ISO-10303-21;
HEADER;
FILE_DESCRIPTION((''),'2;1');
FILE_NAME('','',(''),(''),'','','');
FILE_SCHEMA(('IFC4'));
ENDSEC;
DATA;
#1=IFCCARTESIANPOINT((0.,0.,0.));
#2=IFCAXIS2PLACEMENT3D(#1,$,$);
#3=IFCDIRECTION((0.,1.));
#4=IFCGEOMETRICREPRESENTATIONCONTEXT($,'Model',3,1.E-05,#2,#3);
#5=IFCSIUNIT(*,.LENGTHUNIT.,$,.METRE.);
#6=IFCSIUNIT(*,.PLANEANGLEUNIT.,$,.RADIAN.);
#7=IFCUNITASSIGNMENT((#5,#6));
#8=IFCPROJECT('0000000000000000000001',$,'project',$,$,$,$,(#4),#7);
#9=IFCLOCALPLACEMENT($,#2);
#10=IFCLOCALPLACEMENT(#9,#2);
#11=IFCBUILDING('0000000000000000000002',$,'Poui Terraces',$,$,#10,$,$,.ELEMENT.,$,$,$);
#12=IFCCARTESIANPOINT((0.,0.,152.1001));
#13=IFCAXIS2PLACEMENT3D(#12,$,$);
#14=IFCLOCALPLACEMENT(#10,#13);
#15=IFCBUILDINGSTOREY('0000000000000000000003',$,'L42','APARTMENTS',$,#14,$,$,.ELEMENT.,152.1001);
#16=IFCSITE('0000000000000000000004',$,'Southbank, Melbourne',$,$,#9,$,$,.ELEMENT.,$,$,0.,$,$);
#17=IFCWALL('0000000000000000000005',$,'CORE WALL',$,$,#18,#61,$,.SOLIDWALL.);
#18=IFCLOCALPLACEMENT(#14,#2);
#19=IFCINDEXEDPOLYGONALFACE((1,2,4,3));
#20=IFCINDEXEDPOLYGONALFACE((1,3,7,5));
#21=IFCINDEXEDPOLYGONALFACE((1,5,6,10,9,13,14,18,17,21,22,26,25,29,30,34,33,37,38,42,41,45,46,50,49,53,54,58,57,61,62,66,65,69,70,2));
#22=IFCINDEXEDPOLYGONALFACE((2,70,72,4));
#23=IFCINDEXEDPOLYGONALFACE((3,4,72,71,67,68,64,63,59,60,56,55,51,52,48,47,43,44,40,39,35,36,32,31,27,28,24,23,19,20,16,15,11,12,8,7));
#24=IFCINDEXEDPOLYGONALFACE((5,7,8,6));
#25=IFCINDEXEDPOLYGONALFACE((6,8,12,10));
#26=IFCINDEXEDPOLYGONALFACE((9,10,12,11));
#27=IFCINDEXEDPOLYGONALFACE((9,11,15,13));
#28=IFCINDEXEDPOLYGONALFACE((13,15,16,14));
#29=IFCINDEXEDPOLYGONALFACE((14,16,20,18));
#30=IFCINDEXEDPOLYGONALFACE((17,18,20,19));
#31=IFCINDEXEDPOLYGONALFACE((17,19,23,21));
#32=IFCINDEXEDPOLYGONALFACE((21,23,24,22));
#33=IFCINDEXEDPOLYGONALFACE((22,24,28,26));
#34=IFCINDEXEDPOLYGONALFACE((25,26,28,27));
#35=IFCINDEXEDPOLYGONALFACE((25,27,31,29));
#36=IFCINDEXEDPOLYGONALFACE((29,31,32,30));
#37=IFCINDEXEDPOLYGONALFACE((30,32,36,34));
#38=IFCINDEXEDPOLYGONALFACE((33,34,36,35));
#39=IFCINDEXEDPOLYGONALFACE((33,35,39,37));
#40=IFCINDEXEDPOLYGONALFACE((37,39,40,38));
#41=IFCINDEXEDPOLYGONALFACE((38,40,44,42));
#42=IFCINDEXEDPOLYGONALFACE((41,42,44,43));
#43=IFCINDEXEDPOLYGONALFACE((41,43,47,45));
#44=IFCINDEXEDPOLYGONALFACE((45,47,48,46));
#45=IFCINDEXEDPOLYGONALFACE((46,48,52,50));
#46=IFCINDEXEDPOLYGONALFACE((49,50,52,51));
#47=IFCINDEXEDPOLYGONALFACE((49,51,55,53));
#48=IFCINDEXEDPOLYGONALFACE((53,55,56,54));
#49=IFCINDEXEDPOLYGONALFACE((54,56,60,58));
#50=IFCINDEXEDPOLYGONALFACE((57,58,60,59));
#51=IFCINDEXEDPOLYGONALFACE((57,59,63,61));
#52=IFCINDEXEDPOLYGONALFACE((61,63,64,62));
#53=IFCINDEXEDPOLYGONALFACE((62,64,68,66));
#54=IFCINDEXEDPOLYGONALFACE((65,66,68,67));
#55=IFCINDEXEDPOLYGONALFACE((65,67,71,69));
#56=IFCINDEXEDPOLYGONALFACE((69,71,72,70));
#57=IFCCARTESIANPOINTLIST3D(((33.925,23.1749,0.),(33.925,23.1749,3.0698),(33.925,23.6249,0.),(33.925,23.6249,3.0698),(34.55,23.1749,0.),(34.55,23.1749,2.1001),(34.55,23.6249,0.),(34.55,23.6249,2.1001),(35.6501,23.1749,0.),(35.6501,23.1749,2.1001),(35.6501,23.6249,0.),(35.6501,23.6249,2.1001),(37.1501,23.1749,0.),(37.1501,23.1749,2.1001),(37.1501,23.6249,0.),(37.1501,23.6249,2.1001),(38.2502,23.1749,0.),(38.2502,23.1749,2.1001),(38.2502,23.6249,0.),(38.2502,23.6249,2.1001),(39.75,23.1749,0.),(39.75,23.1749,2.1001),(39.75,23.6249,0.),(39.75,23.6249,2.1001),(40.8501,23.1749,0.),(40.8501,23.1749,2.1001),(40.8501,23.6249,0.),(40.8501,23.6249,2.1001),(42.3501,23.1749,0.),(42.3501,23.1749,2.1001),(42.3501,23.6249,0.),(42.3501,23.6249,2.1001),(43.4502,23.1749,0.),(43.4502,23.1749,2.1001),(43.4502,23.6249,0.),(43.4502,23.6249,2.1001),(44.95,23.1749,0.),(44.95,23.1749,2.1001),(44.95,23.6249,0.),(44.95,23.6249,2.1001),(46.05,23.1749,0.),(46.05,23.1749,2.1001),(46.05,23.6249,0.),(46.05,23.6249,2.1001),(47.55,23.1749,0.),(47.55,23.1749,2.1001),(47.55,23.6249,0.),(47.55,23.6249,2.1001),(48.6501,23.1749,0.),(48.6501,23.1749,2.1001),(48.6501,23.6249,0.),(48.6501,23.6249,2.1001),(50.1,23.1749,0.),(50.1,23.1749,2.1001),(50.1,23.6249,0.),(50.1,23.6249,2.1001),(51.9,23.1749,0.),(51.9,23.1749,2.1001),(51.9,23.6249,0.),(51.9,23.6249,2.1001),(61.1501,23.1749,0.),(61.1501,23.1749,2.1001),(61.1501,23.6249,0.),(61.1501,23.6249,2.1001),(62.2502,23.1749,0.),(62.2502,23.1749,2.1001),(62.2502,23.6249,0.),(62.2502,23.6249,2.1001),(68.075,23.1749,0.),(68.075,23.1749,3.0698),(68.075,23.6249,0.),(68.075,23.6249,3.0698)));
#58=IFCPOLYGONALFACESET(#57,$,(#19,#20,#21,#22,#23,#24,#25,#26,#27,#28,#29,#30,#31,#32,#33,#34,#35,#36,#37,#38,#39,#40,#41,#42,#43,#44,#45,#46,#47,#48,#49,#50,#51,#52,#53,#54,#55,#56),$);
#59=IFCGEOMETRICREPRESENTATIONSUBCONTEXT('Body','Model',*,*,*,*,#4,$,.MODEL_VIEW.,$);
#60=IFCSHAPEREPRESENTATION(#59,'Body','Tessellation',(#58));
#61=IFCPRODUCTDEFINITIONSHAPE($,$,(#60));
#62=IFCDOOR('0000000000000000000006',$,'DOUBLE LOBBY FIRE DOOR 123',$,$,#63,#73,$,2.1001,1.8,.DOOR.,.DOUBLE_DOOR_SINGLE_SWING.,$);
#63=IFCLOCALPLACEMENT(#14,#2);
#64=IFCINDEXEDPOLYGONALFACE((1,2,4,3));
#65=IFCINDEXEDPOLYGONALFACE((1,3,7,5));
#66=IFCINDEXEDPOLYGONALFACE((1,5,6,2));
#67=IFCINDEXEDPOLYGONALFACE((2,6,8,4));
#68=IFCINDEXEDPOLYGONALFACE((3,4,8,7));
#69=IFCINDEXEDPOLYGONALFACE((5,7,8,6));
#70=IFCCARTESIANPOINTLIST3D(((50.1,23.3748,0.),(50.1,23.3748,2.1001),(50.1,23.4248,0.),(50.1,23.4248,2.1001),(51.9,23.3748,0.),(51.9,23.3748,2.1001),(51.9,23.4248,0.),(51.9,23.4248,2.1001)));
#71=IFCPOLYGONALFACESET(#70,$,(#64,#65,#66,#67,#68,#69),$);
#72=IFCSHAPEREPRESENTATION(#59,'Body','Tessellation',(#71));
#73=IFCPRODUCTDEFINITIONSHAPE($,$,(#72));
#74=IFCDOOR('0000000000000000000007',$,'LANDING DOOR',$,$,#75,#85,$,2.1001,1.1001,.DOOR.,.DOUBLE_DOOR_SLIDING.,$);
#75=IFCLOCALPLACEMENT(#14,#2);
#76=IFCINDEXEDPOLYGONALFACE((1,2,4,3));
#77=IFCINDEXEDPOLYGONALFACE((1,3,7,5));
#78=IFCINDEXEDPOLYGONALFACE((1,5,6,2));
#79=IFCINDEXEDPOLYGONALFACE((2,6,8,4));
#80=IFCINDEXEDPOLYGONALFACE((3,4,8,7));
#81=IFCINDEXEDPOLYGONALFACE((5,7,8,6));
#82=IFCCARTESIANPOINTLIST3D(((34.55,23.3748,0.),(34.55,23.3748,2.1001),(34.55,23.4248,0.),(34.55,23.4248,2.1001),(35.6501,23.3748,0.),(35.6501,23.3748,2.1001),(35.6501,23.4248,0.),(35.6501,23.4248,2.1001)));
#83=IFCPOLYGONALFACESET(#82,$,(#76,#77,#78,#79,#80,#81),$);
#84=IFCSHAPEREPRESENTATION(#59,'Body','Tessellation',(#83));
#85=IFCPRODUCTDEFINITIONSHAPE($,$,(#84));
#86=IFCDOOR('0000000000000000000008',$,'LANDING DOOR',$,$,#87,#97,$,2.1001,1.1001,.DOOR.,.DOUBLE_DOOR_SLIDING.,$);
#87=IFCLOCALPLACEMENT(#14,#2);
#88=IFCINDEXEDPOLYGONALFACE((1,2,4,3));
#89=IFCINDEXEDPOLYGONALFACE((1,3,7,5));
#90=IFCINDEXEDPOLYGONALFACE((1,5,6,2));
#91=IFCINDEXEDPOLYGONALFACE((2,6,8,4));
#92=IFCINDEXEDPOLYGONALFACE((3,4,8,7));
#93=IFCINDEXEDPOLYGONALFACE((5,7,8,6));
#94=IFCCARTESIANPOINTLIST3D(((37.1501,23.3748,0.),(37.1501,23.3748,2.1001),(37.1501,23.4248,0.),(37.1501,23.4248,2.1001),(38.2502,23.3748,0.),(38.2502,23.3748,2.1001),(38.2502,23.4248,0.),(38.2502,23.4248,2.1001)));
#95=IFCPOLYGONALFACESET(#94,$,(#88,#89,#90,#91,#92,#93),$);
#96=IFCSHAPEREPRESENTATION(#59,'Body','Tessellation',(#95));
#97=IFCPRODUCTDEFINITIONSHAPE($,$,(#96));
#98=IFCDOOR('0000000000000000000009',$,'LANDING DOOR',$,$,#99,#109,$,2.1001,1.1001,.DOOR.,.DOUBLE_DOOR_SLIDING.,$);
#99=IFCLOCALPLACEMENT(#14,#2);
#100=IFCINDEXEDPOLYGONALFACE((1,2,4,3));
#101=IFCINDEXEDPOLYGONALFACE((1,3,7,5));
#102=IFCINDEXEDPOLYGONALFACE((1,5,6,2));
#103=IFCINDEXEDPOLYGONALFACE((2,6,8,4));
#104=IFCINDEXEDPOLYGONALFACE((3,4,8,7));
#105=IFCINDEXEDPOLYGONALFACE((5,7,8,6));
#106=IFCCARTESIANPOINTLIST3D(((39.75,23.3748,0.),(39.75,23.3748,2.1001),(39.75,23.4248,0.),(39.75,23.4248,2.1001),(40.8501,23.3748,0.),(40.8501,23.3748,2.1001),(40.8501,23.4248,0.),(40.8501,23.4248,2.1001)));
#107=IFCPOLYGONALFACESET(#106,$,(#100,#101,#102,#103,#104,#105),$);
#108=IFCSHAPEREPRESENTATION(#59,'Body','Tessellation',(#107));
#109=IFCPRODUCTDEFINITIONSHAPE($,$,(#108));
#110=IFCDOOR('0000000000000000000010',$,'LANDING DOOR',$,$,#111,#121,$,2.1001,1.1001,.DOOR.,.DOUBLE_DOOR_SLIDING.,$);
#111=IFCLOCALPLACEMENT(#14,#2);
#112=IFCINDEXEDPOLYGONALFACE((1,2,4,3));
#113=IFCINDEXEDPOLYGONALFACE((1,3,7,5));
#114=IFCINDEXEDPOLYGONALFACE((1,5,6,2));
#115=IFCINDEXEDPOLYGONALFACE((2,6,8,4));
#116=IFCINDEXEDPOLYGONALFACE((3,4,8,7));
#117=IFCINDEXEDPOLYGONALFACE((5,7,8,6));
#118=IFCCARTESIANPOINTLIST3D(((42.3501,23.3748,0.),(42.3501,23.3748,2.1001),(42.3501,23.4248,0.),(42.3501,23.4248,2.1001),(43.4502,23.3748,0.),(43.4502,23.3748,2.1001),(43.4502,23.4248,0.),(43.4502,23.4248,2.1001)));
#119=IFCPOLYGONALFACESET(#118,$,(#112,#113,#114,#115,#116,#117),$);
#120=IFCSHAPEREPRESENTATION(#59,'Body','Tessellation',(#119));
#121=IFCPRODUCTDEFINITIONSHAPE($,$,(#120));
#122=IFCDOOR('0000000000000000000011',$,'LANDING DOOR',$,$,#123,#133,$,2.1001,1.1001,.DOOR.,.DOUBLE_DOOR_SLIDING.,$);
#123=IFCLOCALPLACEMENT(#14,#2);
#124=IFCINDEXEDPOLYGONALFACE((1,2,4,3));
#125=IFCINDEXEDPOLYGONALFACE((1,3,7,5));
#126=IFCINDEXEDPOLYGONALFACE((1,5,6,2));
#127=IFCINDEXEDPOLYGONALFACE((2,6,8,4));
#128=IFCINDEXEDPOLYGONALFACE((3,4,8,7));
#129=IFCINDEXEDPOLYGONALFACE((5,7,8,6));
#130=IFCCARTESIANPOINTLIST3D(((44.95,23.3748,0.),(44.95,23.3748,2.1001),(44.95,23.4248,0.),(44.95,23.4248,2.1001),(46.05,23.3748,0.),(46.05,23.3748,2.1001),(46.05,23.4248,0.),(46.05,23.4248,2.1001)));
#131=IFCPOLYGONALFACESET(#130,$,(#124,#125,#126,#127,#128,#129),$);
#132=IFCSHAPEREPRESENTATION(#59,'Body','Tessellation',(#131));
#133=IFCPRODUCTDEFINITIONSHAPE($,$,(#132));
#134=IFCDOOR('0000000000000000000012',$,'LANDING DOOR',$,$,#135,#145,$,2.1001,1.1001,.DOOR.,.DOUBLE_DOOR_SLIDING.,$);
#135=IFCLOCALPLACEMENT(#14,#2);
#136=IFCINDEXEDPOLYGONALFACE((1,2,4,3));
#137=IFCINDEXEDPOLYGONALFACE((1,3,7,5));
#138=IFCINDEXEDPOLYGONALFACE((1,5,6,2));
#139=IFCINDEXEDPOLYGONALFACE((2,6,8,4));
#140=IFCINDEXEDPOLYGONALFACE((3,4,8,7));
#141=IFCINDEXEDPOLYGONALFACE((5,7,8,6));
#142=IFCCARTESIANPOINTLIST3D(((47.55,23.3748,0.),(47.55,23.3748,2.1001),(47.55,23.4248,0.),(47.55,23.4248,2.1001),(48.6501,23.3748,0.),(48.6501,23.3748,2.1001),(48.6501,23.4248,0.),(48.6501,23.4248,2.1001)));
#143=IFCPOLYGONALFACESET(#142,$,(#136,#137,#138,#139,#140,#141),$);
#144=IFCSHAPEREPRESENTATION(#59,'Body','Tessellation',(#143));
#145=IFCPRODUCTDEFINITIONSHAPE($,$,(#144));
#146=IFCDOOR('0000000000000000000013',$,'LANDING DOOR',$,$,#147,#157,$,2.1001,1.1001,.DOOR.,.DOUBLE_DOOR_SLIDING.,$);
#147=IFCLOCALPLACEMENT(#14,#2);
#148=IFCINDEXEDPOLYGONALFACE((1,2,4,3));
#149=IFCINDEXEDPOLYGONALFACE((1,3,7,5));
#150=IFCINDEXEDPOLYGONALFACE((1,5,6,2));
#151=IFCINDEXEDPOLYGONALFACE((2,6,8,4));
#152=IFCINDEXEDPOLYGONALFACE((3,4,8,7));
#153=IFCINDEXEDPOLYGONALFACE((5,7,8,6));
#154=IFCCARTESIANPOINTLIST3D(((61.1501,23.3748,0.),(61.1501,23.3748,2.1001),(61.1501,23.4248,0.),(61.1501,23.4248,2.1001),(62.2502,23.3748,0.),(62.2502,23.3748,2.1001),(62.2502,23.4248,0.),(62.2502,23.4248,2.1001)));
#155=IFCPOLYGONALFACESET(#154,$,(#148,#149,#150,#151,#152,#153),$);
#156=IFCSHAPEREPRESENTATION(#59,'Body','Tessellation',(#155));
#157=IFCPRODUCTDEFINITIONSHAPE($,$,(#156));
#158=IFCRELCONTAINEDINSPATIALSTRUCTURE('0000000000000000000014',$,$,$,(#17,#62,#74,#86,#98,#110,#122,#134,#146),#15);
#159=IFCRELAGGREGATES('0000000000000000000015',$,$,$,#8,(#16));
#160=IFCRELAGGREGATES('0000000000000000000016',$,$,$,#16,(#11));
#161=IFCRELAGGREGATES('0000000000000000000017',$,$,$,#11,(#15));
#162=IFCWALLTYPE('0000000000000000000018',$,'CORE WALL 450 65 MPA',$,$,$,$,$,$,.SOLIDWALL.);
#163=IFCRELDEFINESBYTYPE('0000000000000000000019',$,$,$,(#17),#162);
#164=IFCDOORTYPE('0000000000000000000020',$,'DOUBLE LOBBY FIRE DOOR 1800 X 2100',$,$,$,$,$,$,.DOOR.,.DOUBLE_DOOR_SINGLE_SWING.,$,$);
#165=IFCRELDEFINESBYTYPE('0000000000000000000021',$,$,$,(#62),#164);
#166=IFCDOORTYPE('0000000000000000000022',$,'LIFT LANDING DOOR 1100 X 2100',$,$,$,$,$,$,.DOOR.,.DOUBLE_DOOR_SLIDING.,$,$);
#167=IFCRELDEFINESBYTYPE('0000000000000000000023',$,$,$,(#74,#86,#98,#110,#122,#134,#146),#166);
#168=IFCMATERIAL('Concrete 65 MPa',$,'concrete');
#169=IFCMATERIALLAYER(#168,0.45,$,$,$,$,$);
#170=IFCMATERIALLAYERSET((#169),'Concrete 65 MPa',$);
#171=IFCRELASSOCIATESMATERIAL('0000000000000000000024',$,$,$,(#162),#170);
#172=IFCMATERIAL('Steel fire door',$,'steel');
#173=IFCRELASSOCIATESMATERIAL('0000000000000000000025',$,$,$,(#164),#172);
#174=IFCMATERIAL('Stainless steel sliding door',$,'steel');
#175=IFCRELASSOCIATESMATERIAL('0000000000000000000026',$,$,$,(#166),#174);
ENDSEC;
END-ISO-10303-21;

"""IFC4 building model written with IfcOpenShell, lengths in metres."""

from ifc_helpers import new_model, si_unit, direction, frame, frame_2d, origin, place, context, subcontext, project, spatial, rectangle, extrude, material, layer, layer_set, type_object, element, fill, save


model = new_model("IFC4")

# Units and contexts
model_context = context("Model", 3, precision=1e-05, world=origin(), true_north=direction((0.0, 1.0)))
body_context = subcontext(model_context, "Body", "Model", "MODEL_VIEW")
ifc_project = project(units=[si_unit("LENGTHUNIT", "METRE"), si_unit("PLANEANGLEUNIT", "RADIAN")], contexts=[model_context])

# Site, building, storey
site_placement = place(None, origin())
site = spatial("IfcSite", under=ifc_project, at=site_placement, Name="Southbank, Melbourne", CompositionType="ELEMENT", RefElevation=0.0)
building_placement = place(site_placement, origin())
building = spatial("IfcBuilding", under=site, at=building_placement, Name="Poui Terraces", CompositionType="ELEMENT")
storey_placement = place(building_placement, frame((0.0, 0.0, 152.1001)))
storey = spatial("IfcBuildingStorey", under=building, at=storey_placement, Name="L42", Description="APARTMENTS", CompositionType="ELEMENT", Elevation=152.1001)

# Shared definitions
ifc_material_1 = material(Name="Concrete 65 MPa", Category="concrete")

# Wall, openings, doors
ifc_layer_1 = layer(ifc_material_1, 0.45)
ifc_layer_set_1 = layer_set([ifc_layer_1], Name="Concrete 65 MPa")
wall_type_1 = type_object("IfcWallType", Name="CORE WALL 450 65 MPA", PredefinedType="SOLIDWALL", material=ifc_layer_set_1)
wall_1_placement = place(storey_placement, frame((33.925, 23.3999, 0.0), z_axis=(0.0, 0.0, 1.0), x_axis=(1.0, 0.0, 0.0)))
wall_1 = element("IfcWall", 1, at=wall_1_placement, inside=storey, type_object=wall_type_1, Name="CORE WALL", PredefinedType="SOLIDWALL", context=body_context, shape_type="SweptSolid", body=[
    extrude(rectangle(XDim=34.1499, YDim=0.45, at=frame_2d((17.075, 0.0))), origin(), (0.0, 0.0, 1.0), 3.0698),
])
opening_1_placement = place(wall_1_placement, frame((16.175, 0.0, 0.0)))
opening_1 = element("IfcOpeningElement", 2, at=opening_1_placement, cuts=wall_1, PredefinedType="OPENING", context=body_context, shape_type="SweptSolid", body=[
    extrude(rectangle(XDim=1.8, YDim=2.1001, at=frame_2d((0.8999, 1.05))), frame((0.0, 0.2349, 0.0), z_axis=(0.0, -1.0, 0.0), x_axis=(1.0, 0.0, 0.0)), (0.0, 0.0, 1.0), 0.47),
])
opening_2_placement = place(wall_1_placement, frame((0.625, 0.0, 0.0)))
opening_2 = element("IfcOpeningElement", 3, at=opening_2_placement, cuts=wall_1, PredefinedType="OPENING", context=body_context, shape_type="SweptSolid", body=[
    extrude(rectangle(XDim=1.1001, YDim=2.1001, at=frame_2d((0.55, 1.05))), frame((0.0, 0.2349, 0.0), z_axis=(0.0, -1.0, 0.0), x_axis=(1.0, 0.0, 0.0)), (0.0, 0.0, 1.0), 0.47),
])
opening_3_placement = place(wall_1_placement, frame((3.2251, 0.0, 0.0)))
opening_3 = element("IfcOpeningElement", 4, at=opening_3_placement, cuts=wall_1, PredefinedType="OPENING", context=body_context, shape_type="SweptSolid", body=[
    extrude(rectangle(XDim=1.1001, YDim=2.1001, at=frame_2d((0.55, 1.05))), frame((0.0, 0.2349, 0.0), z_axis=(0.0, -1.0, 0.0), x_axis=(1.0, 0.0, 0.0)), (0.0, 0.0, 1.0), 0.47),
])
opening_4_placement = place(wall_1_placement, frame((5.825, 0.0, 0.0)))
opening_4 = element("IfcOpeningElement", 5, at=opening_4_placement, cuts=wall_1, PredefinedType="OPENING", context=body_context, shape_type="SweptSolid", body=[
    extrude(rectangle(XDim=1.1001, YDim=2.1001, at=frame_2d((0.55, 1.05))), frame((0.0, 0.2349, 0.0), z_axis=(0.0, -1.0, 0.0), x_axis=(1.0, 0.0, 0.0)), (0.0, 0.0, 1.0), 0.47),
])
opening_5_placement = place(wall_1_placement, frame((8.425, 0.0, 0.0)))
opening_5 = element("IfcOpeningElement", 6, at=opening_5_placement, cuts=wall_1, PredefinedType="OPENING", context=body_context, shape_type="SweptSolid", body=[
    extrude(rectangle(XDim=1.1001, YDim=2.1001, at=frame_2d((0.55, 1.05))), frame((0.0, 0.2349, 0.0), z_axis=(0.0, -1.0, 0.0), x_axis=(1.0, 0.0, 0.0)), (0.0, 0.0, 1.0), 0.47),
])
opening_6_placement = place(wall_1_placement, frame((11.0249, 0.0, 0.0)))
opening_6 = element("IfcOpeningElement", 7, at=opening_6_placement, cuts=wall_1, PredefinedType="OPENING", context=body_context, shape_type="SweptSolid", body=[
    extrude(rectangle(XDim=1.1001, YDim=2.1001, at=frame_2d((0.55, 1.05))), frame((0.0, 0.2349, 0.0), z_axis=(0.0, -1.0, 0.0), x_axis=(1.0, 0.0, 0.0)), (0.0, 0.0, 1.0), 0.47),
])
opening_7_placement = place(wall_1_placement, frame((13.625, 0.0, 0.0)))
opening_7 = element("IfcOpeningElement", 8, at=opening_7_placement, cuts=wall_1, PredefinedType="OPENING", context=body_context, shape_type="SweptSolid", body=[
    extrude(rectangle(XDim=1.1001, YDim=2.1001, at=frame_2d((0.55, 1.05))), frame((0.0, 0.2349, 0.0), z_axis=(0.0, -1.0, 0.0), x_axis=(1.0, 0.0, 0.0)), (0.0, 0.0, 1.0), 0.47),
])
opening_8_placement = place(wall_1_placement, frame((27.2251, 0.0, 0.0)))
opening_8 = element("IfcOpeningElement", 9, at=opening_8_placement, cuts=wall_1, PredefinedType="OPENING", context=body_context, shape_type="SweptSolid", body=[
    extrude(rectangle(XDim=1.1001, YDim=2.1001, at=frame_2d((0.55, 1.05))), frame((0.0, 0.2349, 0.0), z_axis=(0.0, -1.0, 0.0), x_axis=(1.0, 0.0, 0.0)), (0.0, 0.0, 1.0), 0.47),
])
ifc_material_2 = material(Name="Steel fire door", Category="steel")
door_type_1 = type_object("IfcDoorType", Name="DOUBLE LOBBY FIRE DOOR 1800 X 2100", OperationType="DOUBLE_DOOR_SINGLE_SWING", PredefinedType="DOOR", material=ifc_material_2)
door_1_placement = place(opening_1_placement, origin())
door_1 = element("IfcDoor", 10, at=door_1_placement, inside=storey, type_object=door_type_1, Name="DOUBLE LOBBY FIRE DOOR 123", OperationType="DOUBLE_DOOR_SINGLE_SWING", OverallHeight=2.1001, OverallWidth=1.8, PredefinedType="DOOR", context=body_context, shape_type="SweptSolid", body=[
    extrude(rectangle(XDim=1.8, YDim=2.1001, at=frame_2d((0.8999, 1.05))), frame((0.0, 0.0249, 0.0), z_axis=(0.0, -1.0, 0.0), x_axis=(1.0, 0.0, 0.0)), (0.0, 0.0, 1.0), 0.05),
])
fill(opening_1, door_1)
ifc_material_3 = material(Name="Stainless steel sliding door", Category="steel")
door_type_2 = type_object("IfcDoorType", Name="LIFT LANDING DOOR 1100 X 2100", OperationType="DOUBLE_DOOR_SLIDING", PredefinedType="DOOR", material=ifc_material_3)
door_2_placement = place(opening_2_placement, origin())
door_2 = element("IfcDoor", 11, at=door_2_placement, inside=storey, type_object=door_type_2, Name="LANDING DOOR", OperationType="DOUBLE_DOOR_SLIDING", OverallHeight=2.1001, OverallWidth=1.1001, PredefinedType="DOOR", context=body_context, shape_type="SweptSolid", body=[
    extrude(rectangle(XDim=1.1001, YDim=2.1001, at=frame_2d((0.55, 1.05))), frame((0.0, 0.0249, 0.0), z_axis=(0.0, -1.0, 0.0), x_axis=(1.0, 0.0, 0.0)), (0.0, 0.0, 1.0), 0.05),
])
fill(opening_2, door_2)
door_3_placement = place(opening_3_placement, origin())
door_3 = element("IfcDoor", 12, at=door_3_placement, inside=storey, type_object=door_type_2, Name="LANDING DOOR", OperationType="DOUBLE_DOOR_SLIDING", OverallHeight=2.1001, OverallWidth=1.1001, PredefinedType="DOOR", context=body_context, shape_type="SweptSolid", body=[
    extrude(rectangle(XDim=1.1001, YDim=2.1001, at=frame_2d((0.55, 1.05))), frame((0.0, 0.0249, 0.0), z_axis=(0.0, -1.0, 0.0), x_axis=(1.0, 0.0, 0.0)), (0.0, 0.0, 1.0), 0.05),
])
fill(opening_3, door_3)
door_4_placement = place(opening_4_placement, origin())
door_4 = element("IfcDoor", 13, at=door_4_placement, inside=storey, type_object=door_type_2, Name="LANDING DOOR", OperationType="DOUBLE_DOOR_SLIDING", OverallHeight=2.1001, OverallWidth=1.1001, PredefinedType="DOOR", context=body_context, shape_type="SweptSolid", body=[
    extrude(rectangle(XDim=1.1001, YDim=2.1001, at=frame_2d((0.55, 1.05))), frame((0.0, 0.0249, 0.0), z_axis=(0.0, -1.0, 0.0), x_axis=(1.0, 0.0, 0.0)), (0.0, 0.0, 1.0), 0.05),
])
fill(opening_4, door_4)
door_5_placement = place(opening_5_placement, origin())
door_5 = element("IfcDoor", 14, at=door_5_placement, inside=storey, type_object=door_type_2, Name="LANDING DOOR", OperationType="DOUBLE_DOOR_SLIDING", OverallHeight=2.1001, OverallWidth=1.1001, PredefinedType="DOOR", context=body_context, shape_type="SweptSolid", body=[
    extrude(rectangle(XDim=1.1001, YDim=2.1001, at=frame_2d((0.55, 1.05))), frame((0.0, 0.0249, 0.0), z_axis=(0.0, -1.0, 0.0), x_axis=(1.0, 0.0, 0.0)), (0.0, 0.0, 1.0), 0.05),
])
fill(opening_5, door_5)
door_6_placement = place(opening_6_placement, origin())
door_6 = element("IfcDoor", 15, at=door_6_placement, inside=storey, type_object=door_type_2, Name="LANDING DOOR", OperationType="DOUBLE_DOOR_SLIDING", OverallHeight=2.1001, OverallWidth=1.1001, PredefinedType="DOOR", context=body_context, shape_type="SweptSolid", body=[
    extrude(rectangle(XDim=1.1001, YDim=2.1001, at=frame_2d((0.55, 1.05))), frame((0.0, 0.0249, 0.0), z_axis=(0.0, -1.0, 0.0), x_axis=(1.0, 0.0, 0.0)), (0.0, 0.0, 1.0), 0.05),
])
fill(opening_6, door_6)
door_7_placement = place(opening_7_placement, origin())
door_7 = element("IfcDoor", 16, at=door_7_placement, inside=storey, type_object=door_type_2, Name="LANDING DOOR", OperationType="DOUBLE_DOOR_SLIDING", OverallHeight=2.1001, OverallWidth=1.1001, PredefinedType="DOOR", context=body_context, shape_type="SweptSolid", body=[
    extrude(rectangle(XDim=1.1001, YDim=2.1001, at=frame_2d((0.55, 1.05))), frame((0.0, 0.0249, 0.0), z_axis=(0.0, -1.0, 0.0), x_axis=(1.0, 0.0, 0.0)), (0.0, 0.0, 1.0), 0.05),
])
fill(opening_7, door_7)
door_8_placement = place(opening_8_placement, origin())
door_8 = element("IfcDoor", 17, at=door_8_placement, inside=storey, type_object=door_type_2, Name="LANDING DOOR", OperationType="DOUBLE_DOOR_SLIDING", OverallHeight=2.1001, OverallWidth=1.1001, PredefinedType="DOOR", context=body_context, shape_type="SweptSolid", body=[
    extrude(rectangle(XDim=1.1001, YDim=2.1001, at=frame_2d((0.55, 1.05))), frame((0.0, 0.0249, 0.0), z_axis=(0.0, -1.0, 0.0), x_axis=(1.0, 0.0, 0.0)), (0.0, 0.0, 1.0), 0.05),
])
fill(opening_8, door_8)

save(model, "model.ifc")
